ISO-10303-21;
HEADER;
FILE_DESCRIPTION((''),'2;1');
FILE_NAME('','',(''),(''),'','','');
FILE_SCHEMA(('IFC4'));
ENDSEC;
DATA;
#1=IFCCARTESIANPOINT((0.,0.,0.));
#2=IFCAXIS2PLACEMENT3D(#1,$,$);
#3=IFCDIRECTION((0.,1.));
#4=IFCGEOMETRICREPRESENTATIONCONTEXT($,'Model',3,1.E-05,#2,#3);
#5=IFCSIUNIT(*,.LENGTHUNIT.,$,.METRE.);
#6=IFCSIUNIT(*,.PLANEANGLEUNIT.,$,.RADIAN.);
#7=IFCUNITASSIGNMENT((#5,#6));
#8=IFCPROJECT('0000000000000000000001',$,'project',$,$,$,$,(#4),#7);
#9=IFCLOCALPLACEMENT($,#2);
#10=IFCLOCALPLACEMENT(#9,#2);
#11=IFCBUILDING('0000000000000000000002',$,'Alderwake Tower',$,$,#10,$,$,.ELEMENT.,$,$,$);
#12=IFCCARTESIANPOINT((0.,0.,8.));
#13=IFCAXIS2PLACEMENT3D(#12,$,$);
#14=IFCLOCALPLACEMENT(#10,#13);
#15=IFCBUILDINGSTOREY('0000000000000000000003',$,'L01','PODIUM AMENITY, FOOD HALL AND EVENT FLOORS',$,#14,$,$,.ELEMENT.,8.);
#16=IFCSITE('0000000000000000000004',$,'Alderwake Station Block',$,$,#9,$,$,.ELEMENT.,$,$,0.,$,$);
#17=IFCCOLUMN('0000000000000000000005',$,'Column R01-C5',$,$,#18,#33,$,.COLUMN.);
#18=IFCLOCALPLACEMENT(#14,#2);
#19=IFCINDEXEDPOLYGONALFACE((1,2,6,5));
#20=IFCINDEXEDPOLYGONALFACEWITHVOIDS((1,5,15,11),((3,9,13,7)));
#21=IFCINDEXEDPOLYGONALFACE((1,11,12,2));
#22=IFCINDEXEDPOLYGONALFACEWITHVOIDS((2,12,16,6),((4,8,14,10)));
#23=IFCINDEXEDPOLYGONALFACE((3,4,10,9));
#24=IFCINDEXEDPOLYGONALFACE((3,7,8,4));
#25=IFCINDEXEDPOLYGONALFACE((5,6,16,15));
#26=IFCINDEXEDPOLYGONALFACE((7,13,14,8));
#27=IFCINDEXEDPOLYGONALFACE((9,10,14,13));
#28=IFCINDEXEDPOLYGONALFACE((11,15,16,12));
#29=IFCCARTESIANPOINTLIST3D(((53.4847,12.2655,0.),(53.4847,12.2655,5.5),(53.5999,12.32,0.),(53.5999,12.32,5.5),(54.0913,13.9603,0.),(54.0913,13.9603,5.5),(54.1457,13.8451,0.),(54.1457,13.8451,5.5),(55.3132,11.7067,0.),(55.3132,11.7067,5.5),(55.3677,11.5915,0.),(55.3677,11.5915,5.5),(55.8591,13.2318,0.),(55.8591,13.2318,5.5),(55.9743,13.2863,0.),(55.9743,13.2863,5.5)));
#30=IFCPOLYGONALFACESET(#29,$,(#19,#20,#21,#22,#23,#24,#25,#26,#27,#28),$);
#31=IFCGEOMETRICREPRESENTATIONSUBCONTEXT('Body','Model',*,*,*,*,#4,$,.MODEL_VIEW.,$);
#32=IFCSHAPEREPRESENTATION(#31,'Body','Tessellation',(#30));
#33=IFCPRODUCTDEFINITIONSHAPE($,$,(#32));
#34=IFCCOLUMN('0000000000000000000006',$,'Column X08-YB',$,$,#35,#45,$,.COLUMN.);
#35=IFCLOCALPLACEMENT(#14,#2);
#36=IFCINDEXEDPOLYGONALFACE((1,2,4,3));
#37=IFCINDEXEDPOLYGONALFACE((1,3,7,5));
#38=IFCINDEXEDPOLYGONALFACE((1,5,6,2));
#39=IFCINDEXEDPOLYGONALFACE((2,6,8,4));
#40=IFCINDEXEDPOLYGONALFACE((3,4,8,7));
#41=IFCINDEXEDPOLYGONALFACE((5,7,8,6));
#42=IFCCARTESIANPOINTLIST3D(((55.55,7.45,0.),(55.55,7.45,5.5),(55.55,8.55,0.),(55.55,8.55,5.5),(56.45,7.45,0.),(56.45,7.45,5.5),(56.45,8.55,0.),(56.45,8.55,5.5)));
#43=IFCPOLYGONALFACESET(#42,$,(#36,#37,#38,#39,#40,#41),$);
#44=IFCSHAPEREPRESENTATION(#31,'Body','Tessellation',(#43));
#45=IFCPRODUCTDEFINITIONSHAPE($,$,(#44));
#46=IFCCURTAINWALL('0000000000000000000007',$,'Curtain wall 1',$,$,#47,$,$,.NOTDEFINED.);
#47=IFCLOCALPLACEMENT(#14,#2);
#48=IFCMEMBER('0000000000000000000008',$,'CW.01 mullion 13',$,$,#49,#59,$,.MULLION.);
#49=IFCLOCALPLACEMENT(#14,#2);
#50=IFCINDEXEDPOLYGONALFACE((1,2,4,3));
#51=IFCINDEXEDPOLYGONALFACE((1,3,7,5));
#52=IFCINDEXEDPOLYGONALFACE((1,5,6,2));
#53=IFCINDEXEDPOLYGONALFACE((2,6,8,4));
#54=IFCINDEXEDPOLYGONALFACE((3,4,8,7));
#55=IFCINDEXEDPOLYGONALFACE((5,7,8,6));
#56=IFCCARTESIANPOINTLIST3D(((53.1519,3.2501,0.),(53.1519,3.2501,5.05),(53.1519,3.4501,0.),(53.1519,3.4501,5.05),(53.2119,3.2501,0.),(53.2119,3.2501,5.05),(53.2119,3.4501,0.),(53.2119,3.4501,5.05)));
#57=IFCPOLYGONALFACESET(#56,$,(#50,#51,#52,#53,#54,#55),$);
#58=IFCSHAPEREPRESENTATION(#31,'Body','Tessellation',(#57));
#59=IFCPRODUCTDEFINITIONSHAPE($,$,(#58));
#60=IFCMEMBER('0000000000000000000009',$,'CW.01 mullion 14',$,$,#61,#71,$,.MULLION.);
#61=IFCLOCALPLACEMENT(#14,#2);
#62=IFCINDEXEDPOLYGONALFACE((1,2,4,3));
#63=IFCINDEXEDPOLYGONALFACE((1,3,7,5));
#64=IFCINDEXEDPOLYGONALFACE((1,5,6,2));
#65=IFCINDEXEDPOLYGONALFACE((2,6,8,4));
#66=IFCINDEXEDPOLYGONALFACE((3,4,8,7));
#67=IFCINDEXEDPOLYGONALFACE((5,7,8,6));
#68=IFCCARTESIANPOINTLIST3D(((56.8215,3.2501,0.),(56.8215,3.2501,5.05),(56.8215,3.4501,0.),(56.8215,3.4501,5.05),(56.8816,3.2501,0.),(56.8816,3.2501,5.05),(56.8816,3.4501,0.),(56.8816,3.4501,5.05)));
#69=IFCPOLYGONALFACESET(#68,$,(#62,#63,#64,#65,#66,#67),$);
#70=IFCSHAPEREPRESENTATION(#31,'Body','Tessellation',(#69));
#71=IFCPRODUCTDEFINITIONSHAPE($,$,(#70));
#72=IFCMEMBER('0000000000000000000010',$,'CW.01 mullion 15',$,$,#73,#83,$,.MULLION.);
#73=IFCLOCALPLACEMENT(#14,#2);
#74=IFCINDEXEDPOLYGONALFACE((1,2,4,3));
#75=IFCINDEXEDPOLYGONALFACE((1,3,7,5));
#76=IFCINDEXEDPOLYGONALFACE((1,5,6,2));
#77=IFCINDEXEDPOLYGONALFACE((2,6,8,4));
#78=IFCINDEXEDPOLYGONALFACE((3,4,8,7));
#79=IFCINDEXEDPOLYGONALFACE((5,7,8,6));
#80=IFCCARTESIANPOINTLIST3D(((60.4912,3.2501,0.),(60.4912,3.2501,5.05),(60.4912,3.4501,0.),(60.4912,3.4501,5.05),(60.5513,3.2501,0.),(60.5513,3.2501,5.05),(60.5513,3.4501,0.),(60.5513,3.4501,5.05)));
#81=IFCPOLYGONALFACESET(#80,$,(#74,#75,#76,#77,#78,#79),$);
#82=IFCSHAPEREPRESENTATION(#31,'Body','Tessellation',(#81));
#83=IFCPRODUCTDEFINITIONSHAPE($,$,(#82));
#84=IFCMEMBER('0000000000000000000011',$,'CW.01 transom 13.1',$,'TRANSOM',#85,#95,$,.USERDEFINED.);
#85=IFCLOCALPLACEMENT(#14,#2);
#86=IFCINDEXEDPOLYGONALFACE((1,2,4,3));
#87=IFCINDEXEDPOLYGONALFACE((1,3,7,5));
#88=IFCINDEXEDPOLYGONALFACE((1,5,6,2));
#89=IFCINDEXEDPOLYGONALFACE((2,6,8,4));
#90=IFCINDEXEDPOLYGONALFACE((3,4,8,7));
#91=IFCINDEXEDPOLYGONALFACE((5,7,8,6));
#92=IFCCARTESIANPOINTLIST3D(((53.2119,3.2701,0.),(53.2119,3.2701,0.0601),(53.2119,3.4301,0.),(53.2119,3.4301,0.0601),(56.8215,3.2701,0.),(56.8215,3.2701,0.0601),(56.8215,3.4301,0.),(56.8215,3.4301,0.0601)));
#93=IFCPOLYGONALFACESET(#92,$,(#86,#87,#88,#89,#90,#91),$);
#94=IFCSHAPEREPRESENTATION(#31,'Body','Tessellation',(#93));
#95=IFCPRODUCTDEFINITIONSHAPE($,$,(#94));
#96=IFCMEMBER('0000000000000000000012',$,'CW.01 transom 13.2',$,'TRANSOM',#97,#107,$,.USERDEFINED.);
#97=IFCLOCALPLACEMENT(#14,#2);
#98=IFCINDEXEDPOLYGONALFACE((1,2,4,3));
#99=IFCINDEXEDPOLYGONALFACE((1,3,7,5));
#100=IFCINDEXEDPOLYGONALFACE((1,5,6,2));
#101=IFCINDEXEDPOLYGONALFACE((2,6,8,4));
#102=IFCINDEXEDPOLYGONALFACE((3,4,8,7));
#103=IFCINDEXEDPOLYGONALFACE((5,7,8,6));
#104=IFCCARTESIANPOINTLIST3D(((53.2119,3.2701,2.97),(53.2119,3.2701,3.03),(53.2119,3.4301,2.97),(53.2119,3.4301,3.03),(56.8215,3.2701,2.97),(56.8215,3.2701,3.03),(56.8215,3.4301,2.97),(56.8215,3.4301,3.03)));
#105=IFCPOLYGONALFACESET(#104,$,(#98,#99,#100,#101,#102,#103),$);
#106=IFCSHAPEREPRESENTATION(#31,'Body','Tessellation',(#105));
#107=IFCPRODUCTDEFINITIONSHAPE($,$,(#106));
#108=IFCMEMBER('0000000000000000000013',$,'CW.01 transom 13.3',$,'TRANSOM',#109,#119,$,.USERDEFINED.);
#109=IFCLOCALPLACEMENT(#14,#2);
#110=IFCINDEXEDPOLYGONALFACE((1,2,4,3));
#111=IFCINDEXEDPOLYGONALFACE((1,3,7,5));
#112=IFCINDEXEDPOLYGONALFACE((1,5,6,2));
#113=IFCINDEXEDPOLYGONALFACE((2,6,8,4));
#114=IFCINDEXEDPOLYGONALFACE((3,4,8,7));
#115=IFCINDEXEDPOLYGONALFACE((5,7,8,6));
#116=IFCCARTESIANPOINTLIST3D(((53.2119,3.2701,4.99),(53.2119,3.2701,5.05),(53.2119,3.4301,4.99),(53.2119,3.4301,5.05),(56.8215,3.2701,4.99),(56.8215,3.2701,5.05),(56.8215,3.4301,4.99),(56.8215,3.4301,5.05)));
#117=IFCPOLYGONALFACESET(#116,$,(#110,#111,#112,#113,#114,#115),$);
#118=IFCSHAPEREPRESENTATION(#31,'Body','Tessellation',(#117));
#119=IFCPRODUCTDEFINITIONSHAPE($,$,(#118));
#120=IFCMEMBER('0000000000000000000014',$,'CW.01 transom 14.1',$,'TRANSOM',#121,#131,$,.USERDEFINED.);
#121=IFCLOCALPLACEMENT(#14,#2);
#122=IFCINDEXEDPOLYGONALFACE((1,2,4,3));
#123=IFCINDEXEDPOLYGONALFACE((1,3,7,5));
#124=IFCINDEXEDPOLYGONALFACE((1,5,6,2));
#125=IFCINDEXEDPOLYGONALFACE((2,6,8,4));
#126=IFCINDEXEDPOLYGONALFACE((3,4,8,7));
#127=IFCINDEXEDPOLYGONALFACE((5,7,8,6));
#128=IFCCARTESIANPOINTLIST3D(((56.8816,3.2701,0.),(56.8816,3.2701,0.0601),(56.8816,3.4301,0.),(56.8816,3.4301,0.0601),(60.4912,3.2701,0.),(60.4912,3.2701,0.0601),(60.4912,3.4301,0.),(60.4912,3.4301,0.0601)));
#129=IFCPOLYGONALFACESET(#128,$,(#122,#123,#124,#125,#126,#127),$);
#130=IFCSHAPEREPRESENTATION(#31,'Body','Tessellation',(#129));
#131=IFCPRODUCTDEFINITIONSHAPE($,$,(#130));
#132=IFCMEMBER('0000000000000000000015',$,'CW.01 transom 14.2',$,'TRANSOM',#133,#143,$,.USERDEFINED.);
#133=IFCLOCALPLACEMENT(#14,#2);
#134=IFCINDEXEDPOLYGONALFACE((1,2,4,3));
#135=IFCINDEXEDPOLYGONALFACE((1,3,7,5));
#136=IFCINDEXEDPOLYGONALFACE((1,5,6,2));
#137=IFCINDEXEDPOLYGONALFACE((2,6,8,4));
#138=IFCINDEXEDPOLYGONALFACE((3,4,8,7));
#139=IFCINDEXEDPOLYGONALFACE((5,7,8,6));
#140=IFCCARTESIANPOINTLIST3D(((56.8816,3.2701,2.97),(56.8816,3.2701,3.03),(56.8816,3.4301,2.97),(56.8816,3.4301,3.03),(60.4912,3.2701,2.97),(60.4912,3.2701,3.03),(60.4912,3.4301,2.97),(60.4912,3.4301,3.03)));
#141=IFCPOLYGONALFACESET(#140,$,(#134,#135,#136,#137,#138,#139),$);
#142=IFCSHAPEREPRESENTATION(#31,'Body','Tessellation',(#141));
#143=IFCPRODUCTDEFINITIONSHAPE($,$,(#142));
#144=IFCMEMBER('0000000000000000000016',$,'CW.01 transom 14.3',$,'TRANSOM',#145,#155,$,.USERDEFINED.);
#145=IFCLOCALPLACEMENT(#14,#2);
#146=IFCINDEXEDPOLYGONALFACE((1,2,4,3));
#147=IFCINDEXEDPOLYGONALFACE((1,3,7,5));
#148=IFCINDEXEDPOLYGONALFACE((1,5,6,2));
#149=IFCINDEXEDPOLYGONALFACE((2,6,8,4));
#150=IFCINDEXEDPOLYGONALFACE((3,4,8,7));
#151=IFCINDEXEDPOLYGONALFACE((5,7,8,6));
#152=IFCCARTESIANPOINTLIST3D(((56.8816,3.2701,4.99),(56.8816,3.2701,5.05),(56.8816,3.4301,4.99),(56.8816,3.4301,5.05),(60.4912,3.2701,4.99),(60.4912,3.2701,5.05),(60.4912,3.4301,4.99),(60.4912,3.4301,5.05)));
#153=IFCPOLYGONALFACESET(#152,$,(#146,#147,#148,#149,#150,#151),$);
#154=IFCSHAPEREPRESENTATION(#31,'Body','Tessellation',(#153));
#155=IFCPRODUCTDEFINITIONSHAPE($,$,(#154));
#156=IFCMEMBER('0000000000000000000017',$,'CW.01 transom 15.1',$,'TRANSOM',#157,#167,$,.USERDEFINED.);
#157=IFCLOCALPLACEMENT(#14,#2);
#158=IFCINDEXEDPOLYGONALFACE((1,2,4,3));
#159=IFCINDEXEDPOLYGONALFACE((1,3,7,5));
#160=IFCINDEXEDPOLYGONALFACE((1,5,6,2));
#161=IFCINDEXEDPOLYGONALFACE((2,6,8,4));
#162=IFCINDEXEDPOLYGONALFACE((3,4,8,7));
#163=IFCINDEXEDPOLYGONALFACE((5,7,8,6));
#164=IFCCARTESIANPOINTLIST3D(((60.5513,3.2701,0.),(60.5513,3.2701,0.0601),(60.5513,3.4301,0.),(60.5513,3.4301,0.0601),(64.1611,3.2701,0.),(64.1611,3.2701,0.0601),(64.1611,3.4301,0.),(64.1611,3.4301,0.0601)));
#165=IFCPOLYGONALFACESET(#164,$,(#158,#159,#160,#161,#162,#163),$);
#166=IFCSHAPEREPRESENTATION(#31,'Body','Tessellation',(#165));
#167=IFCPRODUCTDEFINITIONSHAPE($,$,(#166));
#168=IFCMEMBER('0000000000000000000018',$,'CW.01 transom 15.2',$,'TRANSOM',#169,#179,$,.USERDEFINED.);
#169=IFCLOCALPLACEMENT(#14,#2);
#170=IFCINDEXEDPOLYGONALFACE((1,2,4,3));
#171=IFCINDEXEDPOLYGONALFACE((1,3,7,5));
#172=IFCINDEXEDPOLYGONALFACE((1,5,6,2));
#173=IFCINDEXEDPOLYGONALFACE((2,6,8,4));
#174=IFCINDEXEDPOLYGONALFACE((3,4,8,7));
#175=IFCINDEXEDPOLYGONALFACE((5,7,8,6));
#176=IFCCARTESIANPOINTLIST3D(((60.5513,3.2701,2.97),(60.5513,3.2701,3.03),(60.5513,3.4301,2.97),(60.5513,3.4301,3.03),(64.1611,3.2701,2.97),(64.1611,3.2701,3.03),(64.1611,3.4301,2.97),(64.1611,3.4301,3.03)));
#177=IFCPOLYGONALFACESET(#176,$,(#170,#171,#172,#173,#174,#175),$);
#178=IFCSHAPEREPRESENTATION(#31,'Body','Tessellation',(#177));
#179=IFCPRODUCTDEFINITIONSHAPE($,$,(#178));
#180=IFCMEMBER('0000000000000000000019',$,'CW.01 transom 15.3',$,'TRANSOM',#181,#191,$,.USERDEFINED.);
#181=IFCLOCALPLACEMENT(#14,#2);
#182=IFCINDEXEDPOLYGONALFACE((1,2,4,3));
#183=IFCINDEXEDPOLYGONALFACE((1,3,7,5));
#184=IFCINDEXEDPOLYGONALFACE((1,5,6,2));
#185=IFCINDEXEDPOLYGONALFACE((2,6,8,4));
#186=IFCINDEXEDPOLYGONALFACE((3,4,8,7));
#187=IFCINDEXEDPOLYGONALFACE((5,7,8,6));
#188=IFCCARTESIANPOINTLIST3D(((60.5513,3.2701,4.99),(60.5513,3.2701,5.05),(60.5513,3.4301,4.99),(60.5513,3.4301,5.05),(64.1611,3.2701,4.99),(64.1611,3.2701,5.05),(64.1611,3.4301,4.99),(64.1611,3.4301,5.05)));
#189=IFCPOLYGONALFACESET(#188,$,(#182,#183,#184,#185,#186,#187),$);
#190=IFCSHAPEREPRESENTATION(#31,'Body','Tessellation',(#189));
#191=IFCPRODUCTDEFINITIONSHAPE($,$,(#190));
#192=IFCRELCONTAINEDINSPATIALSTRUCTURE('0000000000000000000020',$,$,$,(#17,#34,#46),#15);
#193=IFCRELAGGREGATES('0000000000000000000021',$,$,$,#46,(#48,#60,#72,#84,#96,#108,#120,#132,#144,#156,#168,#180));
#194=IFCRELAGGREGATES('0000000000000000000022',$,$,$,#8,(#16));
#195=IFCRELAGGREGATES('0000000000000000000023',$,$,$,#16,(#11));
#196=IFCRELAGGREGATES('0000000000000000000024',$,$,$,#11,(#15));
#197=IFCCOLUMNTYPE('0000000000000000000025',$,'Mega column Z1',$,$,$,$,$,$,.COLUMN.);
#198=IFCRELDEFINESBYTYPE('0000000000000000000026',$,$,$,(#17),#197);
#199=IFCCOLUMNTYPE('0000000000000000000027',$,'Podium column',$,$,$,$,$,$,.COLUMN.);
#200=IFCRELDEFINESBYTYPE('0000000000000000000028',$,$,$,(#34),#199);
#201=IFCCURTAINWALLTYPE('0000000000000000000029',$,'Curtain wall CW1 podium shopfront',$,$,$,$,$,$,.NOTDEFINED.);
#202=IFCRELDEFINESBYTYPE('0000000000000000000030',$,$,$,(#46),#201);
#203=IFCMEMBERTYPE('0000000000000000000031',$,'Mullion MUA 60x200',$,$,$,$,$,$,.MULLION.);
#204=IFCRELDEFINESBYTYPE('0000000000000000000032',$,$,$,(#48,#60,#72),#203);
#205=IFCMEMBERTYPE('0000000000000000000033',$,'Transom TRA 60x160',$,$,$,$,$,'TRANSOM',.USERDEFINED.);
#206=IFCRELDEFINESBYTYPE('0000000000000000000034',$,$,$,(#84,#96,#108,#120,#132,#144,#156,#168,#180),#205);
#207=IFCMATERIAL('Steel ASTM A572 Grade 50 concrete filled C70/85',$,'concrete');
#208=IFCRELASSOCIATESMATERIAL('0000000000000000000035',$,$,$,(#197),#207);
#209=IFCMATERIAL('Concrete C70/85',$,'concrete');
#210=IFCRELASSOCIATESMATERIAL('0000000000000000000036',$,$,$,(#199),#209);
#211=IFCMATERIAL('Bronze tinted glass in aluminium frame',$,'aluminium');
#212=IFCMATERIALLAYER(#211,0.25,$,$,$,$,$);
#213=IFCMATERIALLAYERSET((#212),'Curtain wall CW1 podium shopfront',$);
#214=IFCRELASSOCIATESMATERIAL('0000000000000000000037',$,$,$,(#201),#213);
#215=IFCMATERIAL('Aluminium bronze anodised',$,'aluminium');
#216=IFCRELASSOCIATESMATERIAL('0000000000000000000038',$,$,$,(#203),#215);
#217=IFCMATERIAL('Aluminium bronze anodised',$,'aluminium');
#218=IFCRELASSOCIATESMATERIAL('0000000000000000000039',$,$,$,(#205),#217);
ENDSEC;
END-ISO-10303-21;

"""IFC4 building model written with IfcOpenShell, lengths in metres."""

from ifc_helpers import new_model, si_unit, direction, frame, origin, origin_2d, place, context, subcontext, project, spatial, rectangle, hollow_rectangle, extrude, material, layer, layer_set, material_profile, profile_set, type_object, element, aggregate, save


model = new_model("IFC4")

# Units and contexts
model_context = context("Model", 3, precision=1e-05, world=origin(), true_north=direction((0.0, 1.0)))
body_context = subcontext(model_context, "Body", "Model", "MODEL_VIEW")
ifc_project = project(units=[si_unit("LENGTHUNIT", "METRE"), si_unit("PLANEANGLEUNIT", "RADIAN")], contexts=[model_context])

# Site, building, storey
site_placement = place(None, origin())
site = spatial("IfcSite", under=ifc_project, at=site_placement, Name="Alderwake Station Block", CompositionType="ELEMENT", RefElevation=0.0)
building_placement = place(site_placement, origin())
building = spatial("IfcBuilding", under=site, at=building_placement, Name="Alderwake Tower", CompositionType="ELEMENT")
storey_placement = place(building_placement, frame((0.0, 0.0, 8.0)))
storey = spatial("IfcBuildingStorey", under=building, at=storey_placement, Name="L01", Description="PODIUM AMENITY, FOOD HALL AND EVENT FLOORS", CompositionType="ELEMENT", Elevation=8.0)

# Columns
ifc_material_1 = material(Name="Steel ASTM A572 Grade 50 concrete filled C70/85", Category="concrete")
ifc_material_profile_1 = material_profile(ifc_material_1, hollow_rectangle(XDim=1.8, YDim=2.0, WallThickness=0.0901, at=origin_2d()), Name="BOX 2000X1800X90")
ifc_profile_set_1 = profile_set([ifc_material_profile_1], Name="Steel ASTM A572 Grade 50 concrete filled C70/85")
column_type_1 = type_object("IfcColumnType", Name="Mega column Z1", PredefinedType="COLUMN", material=ifc_profile_set_1)
column_1_placement = place(storey_placement, frame((54.7295, 12.7759, 0.0), z_axis=(0.0, 0.0, 1.0), x_axis=(0.336995, 0.941506, 0.0)))
element("IfcColumn", 1, at=column_1_placement, inside=storey, type_object=column_type_1, Name="Column R01-C5", PredefinedType="COLUMN", context=body_context, shape_type="SweptSolid", body=[
    extrude(hollow_rectangle(XDim=1.8, YDim=2.0, WallThickness=0.0901, at=origin_2d()), origin(), (0.0, 0.0, 1.0), 5.5),
])
ifc_material_2 = material(Name="Concrete C70/85", Category="concrete")
ifc_material_profile_2 = material_profile(ifc_material_2, rectangle(XDim=0.8999, YDim=1.1001, at=origin_2d()), Name="RC 1100X900")
ifc_profile_set_2 = profile_set([ifc_material_profile_2], Name="Concrete C70/85")
column_type_2 = type_object("IfcColumnType", Name="Podium column", PredefinedType="COLUMN", material=ifc_profile_set_2)
column_2_placement = place(storey_placement, frame((56.0, 8.0, 0.0), z_axis=(0.0, 0.0, 1.0), x_axis=(1.0, 0.0, 0.0)))
element("IfcColumn", 2, at=column_2_placement, inside=storey, type_object=column_type_2, Name="Column X08-YB", PredefinedType="COLUMN", context=body_context, shape_type="SweptSolid", body=[
    extrude(rectangle(XDim=0.8999, YDim=1.1001, at=origin_2d()), origin(), (0.0, 0.0, 1.0), 5.5),
])

# Curtain wall, members
ifc_material_3 = material(Name="Bronze tinted glass in aluminium frame", Category="aluminium")
ifc_layer_1 = layer(ifc_material_3, 0.25)
ifc_layer_set_1 = layer_set([ifc_layer_1], Name="Curtain wall CW1 podium shopfront")
curtain_wall_type = type_object("IfcCurtainWallType", Name="Curtain wall CW1 podium shopfront", PredefinedType="NOTDEFINED", material=ifc_layer_set_1)
curtain_wall_placement = place(storey_placement, origin())
curtain_wall = element("IfcCurtainWall", 3, at=curtain_wall_placement, inside=storey, type_object=curtain_wall_type, Name="Curtain wall 1", PredefinedType="NOTDEFINED")
ifc_material_4 = material(Name="Aluminium bronze anodised", Category="aluminium")
ifc_material_profile_3 = material_profile(ifc_material_4, rectangle(XDim=0.2, YDim=0.0601, at=origin_2d()), Name="Mullion MUA 60x200")
ifc_profile_set_3 = profile_set([ifc_material_profile_3], Name="Aluminium bronze anodised")
member_type_1 = type_object("IfcMemberType", Name="Mullion MUA 60x200", PredefinedType="MULLION", material=ifc_profile_set_3)
member_1_placement = place(storey_placement, frame((53.1819, 3.3501, 0.0), z_axis=(0.0, 0.0, 1.0), x_axis=(0.0, 1.0, 0.0)))
member_1 = element("IfcMember", 4, at=member_1_placement, type_object=member_type_1, Name="CW.01 mullion 13", PredefinedType="MULLION", context=body_context, shape_type="SweptSolid", body=[
    extrude(rectangle(XDim=0.2, YDim=0.0601, at=origin_2d()), origin(), (0.0, 0.0, 1.0), 5.05),
])
member_2_placement = place(storey_placement, frame((56.8516, 3.3501, 0.0), z_axis=(0.0, 0.0, 1.0), x_axis=(0.0, 1.0, 0.0)))
member_2 = element("IfcMember", 5, at=member_2_placement, type_object=member_type_1, Name="CW.01 mullion 14", PredefinedType="MULLION", context=body_context, shape_type="SweptSolid", body=[
    extrude(rectangle(XDim=0.2, YDim=0.0601, at=origin_2d()), origin(), (0.0, 0.0, 1.0), 5.05),
])
member_3_placement = place(storey_placement, frame((60.5212, 3.3501, 0.0), z_axis=(0.0, 0.0, 1.0), x_axis=(0.0, 1.0, 0.0)))
member_3 = element("IfcMember", 6, at=member_3_placement, type_object=member_type_1, Name="CW.01 mullion 15", PredefinedType="MULLION", context=body_context, shape_type="SweptSolid", body=[
    extrude(rectangle(XDim=0.2, YDim=0.0601, at=origin_2d()), origin(), (0.0, 0.0, 1.0), 5.05),
])
ifc_material_5 = material(Name="Aluminium bronze anodised", Category="aluminium")
ifc_material_profile_4 = material_profile(ifc_material_5, rectangle(XDim=0.1599, YDim=0.0601, at=origin_2d()), Name="Transom TRA 60x160")
ifc_profile_set_4 = profile_set([ifc_material_profile_4], Name="Aluminium bronze anodised")
member_type_2 = type_object("IfcMemberType", Name="Transom TRA 60x160", ElementType="TRANSOM", PredefinedType="USERDEFINED", material=ifc_profile_set_4)
member_4_placement = place(storey_placement, frame((53.2119, 3.3501, 0.03), z_axis=(1.0, 0.0, 0.0), x_axis=(0.0, 1.0, 0.0)))
member_4 = element("IfcMember", 7, at=member_4_placement, type_object=member_type_2, Name="CW.01 transom 13.1", ObjectType="TRANSOM", PredefinedType="USERDEFINED", context=body_context, shape_type="SweptSolid", body=[
    extrude(rectangle(XDim=0.1599, YDim=0.0601, at=origin_2d()), origin(), (0.0, 0.0, 1.0), 3.6096),
])
member_5_placement = place(storey_placement, frame((53.2119, 3.3501, 3.0), z_axis=(1.0, 0.0, 0.0), x_axis=(0.0, 1.0, 0.0)))
member_5 = element("IfcMember", 8, at=member_5_placement, type_object=member_type_2, Name="CW.01 transom 13.2", ObjectType="TRANSOM", PredefinedType="USERDEFINED", context=body_context, shape_type="SweptSolid", body=[
    extrude(rectangle(XDim=0.1599, YDim=0.0601, at=origin_2d()), origin(), (0.0, 0.0, 1.0), 3.6096),
])
member_6_placement = place(storey_placement, frame((53.2119, 3.3501, 5.02), z_axis=(1.0, 0.0, 0.0), x_axis=(0.0, 1.0, 0.0)))
member_6 = element("IfcMember", 9, at=member_6_placement, type_object=member_type_2, Name="CW.01 transom 13.3", ObjectType="TRANSOM", PredefinedType="USERDEFINED", context=body_context, shape_type="SweptSolid", body=[
    extrude(rectangle(XDim=0.1599, YDim=0.0601, at=origin_2d()), origin(), (0.0, 0.0, 1.0), 3.6096),
])
member_7_placement = place(storey_placement, frame((56.8816, 3.3501, 0.03), z_axis=(1.0, 0.0, 0.0), x_axis=(0.0, 1.0, 0.0)))
member_7 = element("IfcMember", 10, at=member_7_placement, type_object=member_type_2, Name="CW.01 transom 14.1", ObjectType="TRANSOM", PredefinedType="USERDEFINED", context=body_context, shape_type="SweptSolid", body=[
    extrude(rectangle(XDim=0.1599, YDim=0.0601, at=origin_2d()), origin(), (0.0, 0.0, 1.0), 3.6096),
])
member_8_placement = place(storey_placement, frame((56.8816, 3.3501, 3.0), z_axis=(1.0, 0.0, 0.0), x_axis=(0.0, 1.0, 0.0)))
member_8 = element("IfcMember", 11, at=member_8_placement, type_object=member_type_2, Name="CW.01 transom 14.2", ObjectType="TRANSOM", PredefinedType="USERDEFINED", context=body_context, shape_type="SweptSolid", body=[
    extrude(rectangle(XDim=0.1599, YDim=0.0601, at=origin_2d()), origin(), (0.0, 0.0, 1.0), 3.6096),
])
member_9_placement = place(storey_placement, frame((56.8816, 3.3501, 5.02), z_axis=(1.0, 0.0, 0.0), x_axis=(0.0, 1.0, 0.0)))
member_9 = element("IfcMember", 12, at=member_9_placement, type_object=member_type_2, Name="CW.01 transom 14.3", ObjectType="TRANSOM", PredefinedType="USERDEFINED", context=body_context, shape_type="SweptSolid", body=[
    extrude(rectangle(XDim=0.1599, YDim=0.0601, at=origin_2d()), origin(), (0.0, 0.0, 1.0), 3.6096),
])
member_10_placement = place(storey_placement, frame((60.5513, 3.3501, 0.03), z_axis=(1.0, 0.0, 0.0), x_axis=(0.0, 1.0, 0.0)))
member_10 = element("IfcMember", 13, at=member_10_placement, type_object=member_type_2, Name="CW.01 transom 15.1", ObjectType="TRANSOM", PredefinedType="USERDEFINED", context=body_context, shape_type="SweptSolid", body=[
    extrude(rectangle(XDim=0.1599, YDim=0.0601, at=origin_2d()), origin(), (0.0, 0.0, 1.0), 3.6099),
])
member_11_placement = place(storey_placement, frame((60.5513, 3.3501, 3.0), z_axis=(1.0, 0.0, 0.0), x_axis=(0.0, 1.0, 0.0)))
member_11 = element("IfcMember", 14, at=member_11_placement, type_object=member_type_2, Name="CW.01 transom 15.2", ObjectType="TRANSOM", PredefinedType="USERDEFINED", context=body_context, shape_type="SweptSolid", body=[
    extrude(rectangle(XDim=0.1599, YDim=0.0601, at=origin_2d()), origin(), (0.0, 0.0, 1.0), 3.6099),
])
member_12_placement = place(storey_placement, frame((60.5513, 3.3501, 5.02), z_axis=(1.0, 0.0, 0.0), x_axis=(0.0, 1.0, 0.0)))
member_12 = element("IfcMember", 15, at=member_12_placement, type_object=member_type_2, Name="CW.01 transom 15.3", ObjectType="TRANSOM", PredefinedType="USERDEFINED", context=body_context, shape_type="SweptSolid", body=[
    extrude(rectangle(XDim=0.1599, YDim=0.0601, at=origin_2d()), origin(), (0.0, 0.0, 1.0), 3.6099),
])
aggregate(curtain_wall, [member_1, member_2, member_3, member_4, member_5, member_6, member_7, member_8, member_9, member_10, member_11, member_12])

save(model, "model.ifc")
